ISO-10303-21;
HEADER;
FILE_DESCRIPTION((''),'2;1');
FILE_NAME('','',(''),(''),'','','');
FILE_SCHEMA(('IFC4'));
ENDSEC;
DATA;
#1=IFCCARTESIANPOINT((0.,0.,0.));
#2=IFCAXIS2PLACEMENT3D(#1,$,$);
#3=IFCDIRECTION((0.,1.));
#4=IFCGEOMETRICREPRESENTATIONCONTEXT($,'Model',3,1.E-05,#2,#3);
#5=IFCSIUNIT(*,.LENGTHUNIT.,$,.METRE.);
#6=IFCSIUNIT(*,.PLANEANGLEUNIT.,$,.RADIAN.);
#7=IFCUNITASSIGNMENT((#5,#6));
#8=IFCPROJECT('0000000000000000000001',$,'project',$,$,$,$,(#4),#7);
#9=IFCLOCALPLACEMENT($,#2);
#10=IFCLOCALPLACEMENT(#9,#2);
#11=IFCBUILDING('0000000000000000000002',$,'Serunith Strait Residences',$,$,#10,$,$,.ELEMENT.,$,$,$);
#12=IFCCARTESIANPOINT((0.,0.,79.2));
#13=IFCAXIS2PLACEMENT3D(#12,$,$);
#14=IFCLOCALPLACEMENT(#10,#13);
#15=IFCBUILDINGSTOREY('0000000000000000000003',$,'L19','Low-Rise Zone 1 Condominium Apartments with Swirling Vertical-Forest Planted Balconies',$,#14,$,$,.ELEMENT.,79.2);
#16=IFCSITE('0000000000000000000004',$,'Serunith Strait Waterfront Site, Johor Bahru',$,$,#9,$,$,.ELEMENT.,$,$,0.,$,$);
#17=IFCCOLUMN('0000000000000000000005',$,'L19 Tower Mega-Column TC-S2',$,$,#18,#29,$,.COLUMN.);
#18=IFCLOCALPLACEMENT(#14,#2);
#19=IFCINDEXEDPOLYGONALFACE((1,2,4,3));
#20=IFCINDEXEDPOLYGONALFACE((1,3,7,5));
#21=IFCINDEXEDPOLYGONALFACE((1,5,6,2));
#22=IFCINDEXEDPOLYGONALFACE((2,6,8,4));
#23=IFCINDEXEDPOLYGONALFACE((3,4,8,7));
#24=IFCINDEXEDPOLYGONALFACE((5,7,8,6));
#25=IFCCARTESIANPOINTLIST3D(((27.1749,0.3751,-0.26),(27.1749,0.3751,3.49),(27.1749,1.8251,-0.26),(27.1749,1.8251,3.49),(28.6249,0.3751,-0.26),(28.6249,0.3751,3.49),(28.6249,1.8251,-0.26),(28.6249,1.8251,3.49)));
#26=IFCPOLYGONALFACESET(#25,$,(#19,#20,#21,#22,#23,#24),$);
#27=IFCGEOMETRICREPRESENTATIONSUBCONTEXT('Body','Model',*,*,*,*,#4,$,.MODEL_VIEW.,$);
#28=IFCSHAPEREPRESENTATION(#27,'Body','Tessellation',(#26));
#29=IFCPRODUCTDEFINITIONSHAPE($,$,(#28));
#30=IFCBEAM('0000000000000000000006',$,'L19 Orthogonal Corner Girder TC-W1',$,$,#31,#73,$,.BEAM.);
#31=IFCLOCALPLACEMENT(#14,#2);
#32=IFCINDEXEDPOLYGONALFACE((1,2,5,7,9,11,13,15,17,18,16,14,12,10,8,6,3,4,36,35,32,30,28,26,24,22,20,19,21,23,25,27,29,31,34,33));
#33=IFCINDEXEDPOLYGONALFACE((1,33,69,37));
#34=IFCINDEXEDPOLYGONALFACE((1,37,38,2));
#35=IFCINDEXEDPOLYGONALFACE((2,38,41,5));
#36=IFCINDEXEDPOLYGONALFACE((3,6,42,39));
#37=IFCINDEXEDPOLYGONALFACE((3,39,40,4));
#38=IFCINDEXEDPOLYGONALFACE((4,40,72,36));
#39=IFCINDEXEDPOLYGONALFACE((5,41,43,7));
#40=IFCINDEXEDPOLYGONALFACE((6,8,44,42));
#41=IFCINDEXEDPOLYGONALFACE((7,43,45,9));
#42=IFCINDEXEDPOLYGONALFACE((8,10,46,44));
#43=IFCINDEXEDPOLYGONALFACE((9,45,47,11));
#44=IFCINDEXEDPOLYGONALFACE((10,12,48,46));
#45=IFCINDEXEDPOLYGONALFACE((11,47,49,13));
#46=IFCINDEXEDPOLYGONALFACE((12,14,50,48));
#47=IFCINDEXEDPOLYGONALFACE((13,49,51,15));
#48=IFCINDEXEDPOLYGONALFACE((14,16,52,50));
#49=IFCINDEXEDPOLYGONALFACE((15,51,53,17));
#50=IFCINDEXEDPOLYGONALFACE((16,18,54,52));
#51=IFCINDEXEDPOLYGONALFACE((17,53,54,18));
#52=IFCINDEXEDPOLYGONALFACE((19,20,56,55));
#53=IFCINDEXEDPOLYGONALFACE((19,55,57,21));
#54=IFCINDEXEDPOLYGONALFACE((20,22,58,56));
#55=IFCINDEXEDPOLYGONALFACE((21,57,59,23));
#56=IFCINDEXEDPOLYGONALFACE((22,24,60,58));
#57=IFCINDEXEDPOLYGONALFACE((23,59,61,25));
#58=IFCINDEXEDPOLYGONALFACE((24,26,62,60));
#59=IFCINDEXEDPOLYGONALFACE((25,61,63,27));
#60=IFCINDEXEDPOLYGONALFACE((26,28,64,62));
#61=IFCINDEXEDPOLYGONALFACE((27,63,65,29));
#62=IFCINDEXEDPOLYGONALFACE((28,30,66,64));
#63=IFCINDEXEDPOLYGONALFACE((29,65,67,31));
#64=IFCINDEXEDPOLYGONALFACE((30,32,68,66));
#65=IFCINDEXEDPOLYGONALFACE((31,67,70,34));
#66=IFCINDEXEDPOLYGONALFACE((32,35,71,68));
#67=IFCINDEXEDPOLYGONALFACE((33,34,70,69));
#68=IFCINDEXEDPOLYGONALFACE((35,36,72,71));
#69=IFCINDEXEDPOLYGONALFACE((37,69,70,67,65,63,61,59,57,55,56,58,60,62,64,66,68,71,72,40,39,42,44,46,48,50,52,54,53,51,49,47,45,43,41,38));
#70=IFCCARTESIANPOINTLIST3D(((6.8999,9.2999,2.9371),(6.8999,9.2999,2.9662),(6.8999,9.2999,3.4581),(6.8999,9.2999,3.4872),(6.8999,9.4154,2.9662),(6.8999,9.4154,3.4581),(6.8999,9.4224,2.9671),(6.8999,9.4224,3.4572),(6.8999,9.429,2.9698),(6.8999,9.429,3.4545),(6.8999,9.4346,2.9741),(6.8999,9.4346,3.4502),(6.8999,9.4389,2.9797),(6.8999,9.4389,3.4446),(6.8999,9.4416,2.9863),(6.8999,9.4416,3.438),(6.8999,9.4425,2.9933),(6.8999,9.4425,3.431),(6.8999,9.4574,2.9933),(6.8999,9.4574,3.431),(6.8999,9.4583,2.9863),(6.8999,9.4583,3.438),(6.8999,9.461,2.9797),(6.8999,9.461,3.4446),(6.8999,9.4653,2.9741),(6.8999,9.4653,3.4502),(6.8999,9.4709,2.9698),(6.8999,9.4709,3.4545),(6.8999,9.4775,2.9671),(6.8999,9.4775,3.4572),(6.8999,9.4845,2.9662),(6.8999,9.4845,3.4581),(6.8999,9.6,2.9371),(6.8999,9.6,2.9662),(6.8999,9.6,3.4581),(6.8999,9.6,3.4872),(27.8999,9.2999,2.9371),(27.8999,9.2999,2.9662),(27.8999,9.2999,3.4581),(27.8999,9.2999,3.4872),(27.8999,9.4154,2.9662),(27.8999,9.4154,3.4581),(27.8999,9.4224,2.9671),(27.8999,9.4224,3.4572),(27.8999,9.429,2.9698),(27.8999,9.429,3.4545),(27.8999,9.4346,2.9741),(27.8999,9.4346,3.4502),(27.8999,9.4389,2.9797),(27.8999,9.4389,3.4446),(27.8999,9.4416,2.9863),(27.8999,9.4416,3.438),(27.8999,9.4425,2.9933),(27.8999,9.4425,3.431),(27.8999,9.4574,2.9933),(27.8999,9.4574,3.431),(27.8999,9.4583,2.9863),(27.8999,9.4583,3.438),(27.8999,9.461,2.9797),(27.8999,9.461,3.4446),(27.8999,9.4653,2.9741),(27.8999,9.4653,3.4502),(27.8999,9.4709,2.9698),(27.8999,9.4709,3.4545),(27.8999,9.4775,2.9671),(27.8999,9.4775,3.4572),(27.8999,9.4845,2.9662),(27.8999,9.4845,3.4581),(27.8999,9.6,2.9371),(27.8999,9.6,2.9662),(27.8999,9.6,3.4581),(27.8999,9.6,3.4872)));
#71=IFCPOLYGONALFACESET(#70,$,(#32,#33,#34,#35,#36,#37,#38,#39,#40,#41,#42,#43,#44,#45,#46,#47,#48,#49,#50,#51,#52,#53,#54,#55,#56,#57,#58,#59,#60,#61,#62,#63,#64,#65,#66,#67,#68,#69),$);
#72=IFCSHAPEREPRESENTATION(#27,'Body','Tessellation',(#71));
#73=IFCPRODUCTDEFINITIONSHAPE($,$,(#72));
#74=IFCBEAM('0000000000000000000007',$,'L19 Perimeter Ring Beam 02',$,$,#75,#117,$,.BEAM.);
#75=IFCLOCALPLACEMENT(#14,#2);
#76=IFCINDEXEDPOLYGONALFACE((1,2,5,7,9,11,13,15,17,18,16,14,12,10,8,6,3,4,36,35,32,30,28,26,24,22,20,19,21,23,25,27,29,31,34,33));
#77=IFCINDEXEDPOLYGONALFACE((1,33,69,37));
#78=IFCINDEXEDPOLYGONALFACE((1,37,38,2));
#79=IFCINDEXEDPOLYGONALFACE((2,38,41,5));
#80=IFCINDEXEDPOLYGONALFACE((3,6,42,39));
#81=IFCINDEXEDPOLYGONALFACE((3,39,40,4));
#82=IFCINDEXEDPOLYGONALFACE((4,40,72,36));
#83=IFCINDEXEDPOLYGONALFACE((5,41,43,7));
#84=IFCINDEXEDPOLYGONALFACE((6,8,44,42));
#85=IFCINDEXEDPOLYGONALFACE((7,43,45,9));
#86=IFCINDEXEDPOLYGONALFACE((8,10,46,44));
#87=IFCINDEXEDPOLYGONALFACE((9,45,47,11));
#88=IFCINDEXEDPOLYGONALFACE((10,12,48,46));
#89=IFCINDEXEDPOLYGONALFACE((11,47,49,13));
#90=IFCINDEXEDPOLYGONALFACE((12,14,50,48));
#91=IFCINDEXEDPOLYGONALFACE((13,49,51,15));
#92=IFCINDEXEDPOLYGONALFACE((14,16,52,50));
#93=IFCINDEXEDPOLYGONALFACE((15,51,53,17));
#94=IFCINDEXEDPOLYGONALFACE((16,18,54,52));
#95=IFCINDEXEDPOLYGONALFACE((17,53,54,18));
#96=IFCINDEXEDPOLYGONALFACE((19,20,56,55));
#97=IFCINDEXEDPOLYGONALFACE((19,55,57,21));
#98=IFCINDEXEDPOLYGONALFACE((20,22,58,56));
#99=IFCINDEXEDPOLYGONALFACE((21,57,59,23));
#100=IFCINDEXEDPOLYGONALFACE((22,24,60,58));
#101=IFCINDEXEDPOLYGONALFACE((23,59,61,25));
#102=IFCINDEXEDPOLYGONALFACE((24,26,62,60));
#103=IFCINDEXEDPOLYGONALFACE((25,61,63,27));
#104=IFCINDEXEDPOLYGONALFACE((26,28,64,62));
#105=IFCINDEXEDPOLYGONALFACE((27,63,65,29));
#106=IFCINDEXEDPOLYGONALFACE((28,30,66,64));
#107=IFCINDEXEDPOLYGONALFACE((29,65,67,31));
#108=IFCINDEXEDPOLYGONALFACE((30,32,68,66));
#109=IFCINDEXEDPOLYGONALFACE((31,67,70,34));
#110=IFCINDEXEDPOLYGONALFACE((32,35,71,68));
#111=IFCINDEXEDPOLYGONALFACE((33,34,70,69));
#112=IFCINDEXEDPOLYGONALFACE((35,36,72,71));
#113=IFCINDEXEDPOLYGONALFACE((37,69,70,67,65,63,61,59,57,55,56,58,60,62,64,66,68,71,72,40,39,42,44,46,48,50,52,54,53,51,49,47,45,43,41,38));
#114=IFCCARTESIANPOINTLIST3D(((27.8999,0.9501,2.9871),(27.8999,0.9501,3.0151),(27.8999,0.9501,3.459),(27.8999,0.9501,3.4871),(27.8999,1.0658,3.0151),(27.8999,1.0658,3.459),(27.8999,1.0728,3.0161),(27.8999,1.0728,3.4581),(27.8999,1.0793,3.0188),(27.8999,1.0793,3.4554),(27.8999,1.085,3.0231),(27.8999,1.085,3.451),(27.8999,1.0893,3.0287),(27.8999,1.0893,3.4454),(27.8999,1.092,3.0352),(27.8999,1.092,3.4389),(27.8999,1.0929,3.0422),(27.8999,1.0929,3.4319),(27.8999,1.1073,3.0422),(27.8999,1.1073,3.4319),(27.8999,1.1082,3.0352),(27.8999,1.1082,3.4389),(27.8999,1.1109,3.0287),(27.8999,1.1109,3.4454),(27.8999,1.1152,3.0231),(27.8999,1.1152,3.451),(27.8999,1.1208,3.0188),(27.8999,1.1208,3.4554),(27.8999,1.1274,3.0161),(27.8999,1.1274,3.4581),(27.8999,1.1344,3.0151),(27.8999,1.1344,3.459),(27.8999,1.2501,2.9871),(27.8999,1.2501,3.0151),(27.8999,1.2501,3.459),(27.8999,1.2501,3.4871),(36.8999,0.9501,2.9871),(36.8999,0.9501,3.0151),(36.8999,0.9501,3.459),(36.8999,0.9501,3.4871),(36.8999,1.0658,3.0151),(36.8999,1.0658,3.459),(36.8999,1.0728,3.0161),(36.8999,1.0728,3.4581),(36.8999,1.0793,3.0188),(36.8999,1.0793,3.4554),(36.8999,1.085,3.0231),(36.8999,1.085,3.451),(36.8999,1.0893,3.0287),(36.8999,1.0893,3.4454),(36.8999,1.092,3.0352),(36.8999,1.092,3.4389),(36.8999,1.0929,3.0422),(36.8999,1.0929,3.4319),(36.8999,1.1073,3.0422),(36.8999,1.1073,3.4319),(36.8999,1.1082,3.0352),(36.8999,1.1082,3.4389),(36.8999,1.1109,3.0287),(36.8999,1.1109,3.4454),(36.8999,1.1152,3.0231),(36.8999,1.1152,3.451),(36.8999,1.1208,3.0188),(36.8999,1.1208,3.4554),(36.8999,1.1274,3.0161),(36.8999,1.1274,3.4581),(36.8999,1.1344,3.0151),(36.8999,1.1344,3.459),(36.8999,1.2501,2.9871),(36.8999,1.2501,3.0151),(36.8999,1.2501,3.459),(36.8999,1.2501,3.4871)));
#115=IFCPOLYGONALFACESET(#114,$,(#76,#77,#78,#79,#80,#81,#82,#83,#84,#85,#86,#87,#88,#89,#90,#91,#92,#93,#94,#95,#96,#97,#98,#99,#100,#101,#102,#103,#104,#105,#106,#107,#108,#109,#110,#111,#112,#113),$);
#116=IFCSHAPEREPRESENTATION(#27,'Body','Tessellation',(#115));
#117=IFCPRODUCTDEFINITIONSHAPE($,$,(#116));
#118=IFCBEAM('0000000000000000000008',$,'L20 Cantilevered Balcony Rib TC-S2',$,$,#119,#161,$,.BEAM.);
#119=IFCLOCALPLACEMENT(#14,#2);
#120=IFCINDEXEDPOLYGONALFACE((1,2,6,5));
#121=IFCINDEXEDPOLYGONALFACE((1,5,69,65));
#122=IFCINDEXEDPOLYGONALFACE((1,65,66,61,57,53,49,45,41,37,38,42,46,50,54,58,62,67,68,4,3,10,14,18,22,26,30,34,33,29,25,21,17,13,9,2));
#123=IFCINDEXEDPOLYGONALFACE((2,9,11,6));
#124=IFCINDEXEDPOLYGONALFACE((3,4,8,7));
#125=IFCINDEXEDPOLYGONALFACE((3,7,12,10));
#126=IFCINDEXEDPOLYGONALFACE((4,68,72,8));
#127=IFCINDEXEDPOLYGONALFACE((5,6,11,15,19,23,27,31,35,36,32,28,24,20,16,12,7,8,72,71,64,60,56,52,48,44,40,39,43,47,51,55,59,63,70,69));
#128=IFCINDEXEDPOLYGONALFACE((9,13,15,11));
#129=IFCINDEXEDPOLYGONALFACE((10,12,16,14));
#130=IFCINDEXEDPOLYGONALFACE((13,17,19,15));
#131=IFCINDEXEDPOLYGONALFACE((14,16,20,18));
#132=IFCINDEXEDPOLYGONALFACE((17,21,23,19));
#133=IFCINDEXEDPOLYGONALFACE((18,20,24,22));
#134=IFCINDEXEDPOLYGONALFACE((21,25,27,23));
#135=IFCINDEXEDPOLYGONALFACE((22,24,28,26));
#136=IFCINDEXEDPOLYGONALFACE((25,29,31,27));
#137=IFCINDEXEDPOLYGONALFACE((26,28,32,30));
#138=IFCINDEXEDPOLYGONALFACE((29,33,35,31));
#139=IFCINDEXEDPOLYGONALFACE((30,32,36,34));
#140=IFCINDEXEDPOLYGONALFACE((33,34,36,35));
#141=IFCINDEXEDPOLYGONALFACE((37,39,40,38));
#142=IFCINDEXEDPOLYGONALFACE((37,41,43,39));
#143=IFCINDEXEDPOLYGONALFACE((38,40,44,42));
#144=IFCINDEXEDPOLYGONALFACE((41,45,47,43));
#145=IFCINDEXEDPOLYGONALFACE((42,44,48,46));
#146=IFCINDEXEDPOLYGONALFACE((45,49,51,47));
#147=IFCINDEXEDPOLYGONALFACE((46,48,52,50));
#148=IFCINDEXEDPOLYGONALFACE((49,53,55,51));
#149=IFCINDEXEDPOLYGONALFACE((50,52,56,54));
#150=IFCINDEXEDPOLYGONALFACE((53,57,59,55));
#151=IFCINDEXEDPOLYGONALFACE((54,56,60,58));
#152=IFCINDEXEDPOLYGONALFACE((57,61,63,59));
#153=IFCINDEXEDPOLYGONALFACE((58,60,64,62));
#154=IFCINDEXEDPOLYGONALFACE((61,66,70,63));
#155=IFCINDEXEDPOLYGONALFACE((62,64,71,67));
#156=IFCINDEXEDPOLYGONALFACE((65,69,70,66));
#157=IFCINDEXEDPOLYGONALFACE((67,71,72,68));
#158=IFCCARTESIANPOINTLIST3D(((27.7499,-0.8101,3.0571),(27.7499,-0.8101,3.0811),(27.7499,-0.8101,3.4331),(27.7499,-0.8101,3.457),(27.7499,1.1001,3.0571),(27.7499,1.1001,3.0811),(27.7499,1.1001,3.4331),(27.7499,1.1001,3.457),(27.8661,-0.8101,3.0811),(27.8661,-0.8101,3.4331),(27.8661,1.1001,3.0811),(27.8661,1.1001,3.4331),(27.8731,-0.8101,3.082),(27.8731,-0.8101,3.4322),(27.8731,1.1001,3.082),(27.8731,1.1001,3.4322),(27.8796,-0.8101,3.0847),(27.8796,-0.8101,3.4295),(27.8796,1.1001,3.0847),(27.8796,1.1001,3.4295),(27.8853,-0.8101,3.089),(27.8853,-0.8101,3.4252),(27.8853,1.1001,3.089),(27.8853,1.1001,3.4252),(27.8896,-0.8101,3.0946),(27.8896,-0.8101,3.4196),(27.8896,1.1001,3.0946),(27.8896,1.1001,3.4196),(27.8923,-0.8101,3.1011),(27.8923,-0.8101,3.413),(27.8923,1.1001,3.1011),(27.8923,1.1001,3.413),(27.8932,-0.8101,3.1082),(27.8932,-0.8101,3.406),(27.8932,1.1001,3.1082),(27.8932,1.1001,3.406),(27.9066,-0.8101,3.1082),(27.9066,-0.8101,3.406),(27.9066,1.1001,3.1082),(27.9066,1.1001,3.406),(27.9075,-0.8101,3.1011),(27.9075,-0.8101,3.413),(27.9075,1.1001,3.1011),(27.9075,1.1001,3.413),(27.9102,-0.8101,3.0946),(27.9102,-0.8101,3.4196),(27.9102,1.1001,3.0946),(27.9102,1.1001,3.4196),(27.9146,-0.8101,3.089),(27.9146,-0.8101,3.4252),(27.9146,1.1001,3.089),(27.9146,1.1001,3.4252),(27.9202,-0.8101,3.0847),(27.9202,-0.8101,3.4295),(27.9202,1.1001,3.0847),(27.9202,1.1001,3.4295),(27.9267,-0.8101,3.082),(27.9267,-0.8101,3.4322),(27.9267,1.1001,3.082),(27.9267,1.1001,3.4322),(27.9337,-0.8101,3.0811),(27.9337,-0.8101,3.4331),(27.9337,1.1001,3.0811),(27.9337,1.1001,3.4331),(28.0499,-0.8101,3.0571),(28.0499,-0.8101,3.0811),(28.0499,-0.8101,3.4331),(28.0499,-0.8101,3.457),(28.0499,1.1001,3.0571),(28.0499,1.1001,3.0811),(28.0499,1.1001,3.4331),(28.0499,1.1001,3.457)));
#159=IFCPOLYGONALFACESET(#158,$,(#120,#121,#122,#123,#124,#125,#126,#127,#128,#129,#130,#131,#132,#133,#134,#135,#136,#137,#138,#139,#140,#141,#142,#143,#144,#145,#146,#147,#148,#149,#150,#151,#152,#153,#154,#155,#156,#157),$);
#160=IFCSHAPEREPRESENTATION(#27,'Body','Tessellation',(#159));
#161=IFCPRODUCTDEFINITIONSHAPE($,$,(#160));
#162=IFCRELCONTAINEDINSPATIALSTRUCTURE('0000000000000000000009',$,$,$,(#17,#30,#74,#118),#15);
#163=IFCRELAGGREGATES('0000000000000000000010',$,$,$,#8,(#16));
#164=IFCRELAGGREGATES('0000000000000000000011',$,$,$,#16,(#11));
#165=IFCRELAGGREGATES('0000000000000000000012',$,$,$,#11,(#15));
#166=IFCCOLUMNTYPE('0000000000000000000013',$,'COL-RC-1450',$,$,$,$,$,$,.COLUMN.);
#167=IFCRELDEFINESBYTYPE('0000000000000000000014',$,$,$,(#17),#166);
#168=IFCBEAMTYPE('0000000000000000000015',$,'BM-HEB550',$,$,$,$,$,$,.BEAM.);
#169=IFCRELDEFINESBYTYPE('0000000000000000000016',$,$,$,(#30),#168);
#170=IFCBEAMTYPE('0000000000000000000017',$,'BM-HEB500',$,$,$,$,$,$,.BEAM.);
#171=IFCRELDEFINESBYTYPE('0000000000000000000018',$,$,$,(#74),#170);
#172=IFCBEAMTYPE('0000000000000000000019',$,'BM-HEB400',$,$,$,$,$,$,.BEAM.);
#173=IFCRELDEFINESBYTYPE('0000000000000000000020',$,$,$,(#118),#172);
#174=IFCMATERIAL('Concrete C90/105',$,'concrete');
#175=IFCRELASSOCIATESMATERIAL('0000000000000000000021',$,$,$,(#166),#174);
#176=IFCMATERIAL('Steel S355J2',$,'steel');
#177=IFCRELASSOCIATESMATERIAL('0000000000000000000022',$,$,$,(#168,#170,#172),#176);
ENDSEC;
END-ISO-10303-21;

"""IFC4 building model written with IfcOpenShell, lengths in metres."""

from ifc_helpers import new_model, si_unit, direction, frame, origin, origin_2d, place, context, subcontext, project, spatial, rectangle, i_section, extrude, source, transform, mapped, material, material_profile, profile_set, type_object, element, save


model = new_model("IFC4")

# Units and contexts
model_context = context("Model", 3, precision=1e-05, world=origin(), true_north=direction((0.0, 1.0)))
body_context = subcontext(model_context, "Body", "Model", "MODEL_VIEW")
ifc_project = project(units=[si_unit("LENGTHUNIT", "METRE"), si_unit("PLANEANGLEUNIT", "RADIAN")], contexts=[model_context])

# Site, building, storey
site_placement = place(None, origin())
site = spatial("IfcSite", under=ifc_project, at=site_placement, Name="Serunith Strait Waterfront Site, Johor Bahru", CompositionType="ELEMENT", RefElevation=0.0)
building_placement = place(site_placement, origin())
building = spatial("IfcBuilding", under=site, at=building_placement, Name="Serunith Strait Residences", CompositionType="ELEMENT")
storey_placement = place(building_placement, frame((0.0, 0.0, 79.2)))
storey = spatial("IfcBuildingStorey", under=building, at=storey_placement, Name="L19", Description="Low-Rise Zone 1 Condominium Apartments with Swirling Vertical-Forest Planted Balconies", CompositionType="ELEMENT", Elevation=79.2)

# Column
ifc_material_1 = material(Name="Concrete C90/105", Category="concrete")
ifc_material_profile_1 = material_profile(ifc_material_1, rectangle(XDim=1.45, YDim=1.45, at=origin_2d()), Name="RC 1450x1450")
ifc_profile_set_1 = profile_set([ifc_material_profile_1], Name="Concrete C90/105")
column_type = type_object("IfcColumnType", Name="COL-RC-1450", PredefinedType="COLUMN", material=ifc_profile_set_1)
shared_shape_1 = source(origin(), body_context, "Body", "SweptSolid", [
    extrude(rectangle(XDim=1.45, YDim=1.45, at=origin_2d()), origin(), (0.0, 0.0, 1.0), 3.75),
])
column_placement = place(storey_placement, frame((27.8999, 1.1001, -0.26), z_axis=(0.0, 0.0, 1.0), x_axis=(1.0, 0.0, 0.0)))
element("IfcColumn", 1, at=column_placement, inside=storey, type_object=column_type, Name="L19 Tower Mega-Column TC-S2", PredefinedType="COLUMN", context=body_context, shape_type="MappedRepresentation", body=[
    mapped(shared_shape_1, transform((0.0, 0.0, 0.0), scale=1.0)),
])

# Beams
ifc_material_2 = material(Name="Steel S355J2", Category="steel")
ifc_material_profile_2 = material_profile(ifc_material_2, i_section(OverallWidth=0.3, OverallDepth=0.55, WebThickness=0.0149, FlangeThickness=0.0291, FilletRadius=0.0271, at=origin_2d()), Name="HEB 550")
ifc_profile_set_2 = profile_set([ifc_material_profile_2], Name="Steel S355J2")
beam_type_1 = type_object("IfcBeamType", Name="BM-HEB550", PredefinedType="BEAM", material=ifc_profile_set_2)
shared_shape_2 = source(origin(), body_context, "Body", "SweptSolid", [
    extrude(i_section(OverallWidth=0.3, OverallDepth=0.55, WebThickness=0.0149, FlangeThickness=0.0291, FilletRadius=0.0271, at=origin_2d()), origin(), (0.0, 0.0, 1.0), 21.0),
])
beam_1_placement = place(storey_placement, frame((27.8999, 9.45, 3.2122), z_axis=(-1.0, 0.0, 0.0), x_axis=(0.0, -1.0, 0.0)))
element("IfcBeam", 2, at=beam_1_placement, inside=storey, type_object=beam_type_1, Name="L19 Orthogonal Corner Girder TC-W1", PredefinedType="BEAM", context=body_context, shape_type="MappedRepresentation", body=[
    mapped(shared_shape_2, transform((0.0, 0.0, 0.0), scale=1.0)),
])
ifc_material_profile_3 = material_profile(ifc_material_2, i_section(OverallWidth=0.3, OverallDepth=0.5, WebThickness=0.0144, FlangeThickness=0.0281, FilletRadius=0.0271, at=origin_2d()), Name="HEB 500")
ifc_profile_set_3 = profile_set([ifc_material_profile_3], Name="Steel S355J2")
beam_type_2 = type_object("IfcBeamType", Name="BM-HEB500", PredefinedType="BEAM", material=ifc_profile_set_3)
shared_shape_3 = source(origin(), body_context, "Body", "SweptSolid", [
    extrude(i_section(OverallWidth=0.3, OverallDepth=0.5, WebThickness=0.0144, FlangeThickness=0.0281, FilletRadius=0.0271, at=origin_2d()), origin(), (0.0, 0.0, 1.0), 9.0),
])
beam_2_placement = place(storey_placement, frame((27.8999, 1.1001, 3.2371), z_axis=(1.0, 0.0, 0.0), x_axis=(0.0, 1.0, 0.0)))
element("IfcBeam", 3, at=beam_2_placement, inside=storey, type_object=beam_type_2, Name="L19 Perimeter Ring Beam 02", PredefinedType="BEAM", context=body_context, shape_type="MappedRepresentation", body=[
    mapped(shared_shape_3, transform((0.0, 0.0, 0.0), scale=1.0)),
])
ifc_material_profile_4 = material_profile(ifc_material_2, i_section(OverallWidth=0.3, OverallDepth=0.3999, WebThickness=0.0134, FlangeThickness=0.0239, FilletRadius=0.0271, at=origin_2d()), Name="HEB 400")
ifc_profile_set_4 = profile_set([ifc_material_profile_4], Name="Steel S355J2")
beam_type_3 = type_object("IfcBeamType", Name="BM-HEB400", PredefinedType="BEAM", material=ifc_profile_set_4)
shared_shape_4 = source(origin(), body_context, "Body", "SweptSolid", [
    extrude(i_section(OverallWidth=0.3, OverallDepth=0.3999, WebThickness=0.0134, FlangeThickness=0.0239, FilletRadius=0.0271, at=origin_2d()), origin(), (0.0, 0.0, 1.0), 1.9102),
])
beam_3_placement = place(storey_placement, frame((27.8999, 1.1001, 3.2571), z_axis=(0.0, -1.0, 0.0), x_axis=(1.0, 0.0, 0.0)))
element("IfcBeam", 4, at=beam_3_placement, inside=storey, type_object=beam_type_3, Name="L20 Cantilevered Balcony Rib TC-S2", PredefinedType="BEAM", context=body_context, shape_type="MappedRepresentation", body=[
    mapped(shared_shape_4, transform((0.0, 0.0, 0.0), scale=1.0)),
])

save(model, "model.ifc")
